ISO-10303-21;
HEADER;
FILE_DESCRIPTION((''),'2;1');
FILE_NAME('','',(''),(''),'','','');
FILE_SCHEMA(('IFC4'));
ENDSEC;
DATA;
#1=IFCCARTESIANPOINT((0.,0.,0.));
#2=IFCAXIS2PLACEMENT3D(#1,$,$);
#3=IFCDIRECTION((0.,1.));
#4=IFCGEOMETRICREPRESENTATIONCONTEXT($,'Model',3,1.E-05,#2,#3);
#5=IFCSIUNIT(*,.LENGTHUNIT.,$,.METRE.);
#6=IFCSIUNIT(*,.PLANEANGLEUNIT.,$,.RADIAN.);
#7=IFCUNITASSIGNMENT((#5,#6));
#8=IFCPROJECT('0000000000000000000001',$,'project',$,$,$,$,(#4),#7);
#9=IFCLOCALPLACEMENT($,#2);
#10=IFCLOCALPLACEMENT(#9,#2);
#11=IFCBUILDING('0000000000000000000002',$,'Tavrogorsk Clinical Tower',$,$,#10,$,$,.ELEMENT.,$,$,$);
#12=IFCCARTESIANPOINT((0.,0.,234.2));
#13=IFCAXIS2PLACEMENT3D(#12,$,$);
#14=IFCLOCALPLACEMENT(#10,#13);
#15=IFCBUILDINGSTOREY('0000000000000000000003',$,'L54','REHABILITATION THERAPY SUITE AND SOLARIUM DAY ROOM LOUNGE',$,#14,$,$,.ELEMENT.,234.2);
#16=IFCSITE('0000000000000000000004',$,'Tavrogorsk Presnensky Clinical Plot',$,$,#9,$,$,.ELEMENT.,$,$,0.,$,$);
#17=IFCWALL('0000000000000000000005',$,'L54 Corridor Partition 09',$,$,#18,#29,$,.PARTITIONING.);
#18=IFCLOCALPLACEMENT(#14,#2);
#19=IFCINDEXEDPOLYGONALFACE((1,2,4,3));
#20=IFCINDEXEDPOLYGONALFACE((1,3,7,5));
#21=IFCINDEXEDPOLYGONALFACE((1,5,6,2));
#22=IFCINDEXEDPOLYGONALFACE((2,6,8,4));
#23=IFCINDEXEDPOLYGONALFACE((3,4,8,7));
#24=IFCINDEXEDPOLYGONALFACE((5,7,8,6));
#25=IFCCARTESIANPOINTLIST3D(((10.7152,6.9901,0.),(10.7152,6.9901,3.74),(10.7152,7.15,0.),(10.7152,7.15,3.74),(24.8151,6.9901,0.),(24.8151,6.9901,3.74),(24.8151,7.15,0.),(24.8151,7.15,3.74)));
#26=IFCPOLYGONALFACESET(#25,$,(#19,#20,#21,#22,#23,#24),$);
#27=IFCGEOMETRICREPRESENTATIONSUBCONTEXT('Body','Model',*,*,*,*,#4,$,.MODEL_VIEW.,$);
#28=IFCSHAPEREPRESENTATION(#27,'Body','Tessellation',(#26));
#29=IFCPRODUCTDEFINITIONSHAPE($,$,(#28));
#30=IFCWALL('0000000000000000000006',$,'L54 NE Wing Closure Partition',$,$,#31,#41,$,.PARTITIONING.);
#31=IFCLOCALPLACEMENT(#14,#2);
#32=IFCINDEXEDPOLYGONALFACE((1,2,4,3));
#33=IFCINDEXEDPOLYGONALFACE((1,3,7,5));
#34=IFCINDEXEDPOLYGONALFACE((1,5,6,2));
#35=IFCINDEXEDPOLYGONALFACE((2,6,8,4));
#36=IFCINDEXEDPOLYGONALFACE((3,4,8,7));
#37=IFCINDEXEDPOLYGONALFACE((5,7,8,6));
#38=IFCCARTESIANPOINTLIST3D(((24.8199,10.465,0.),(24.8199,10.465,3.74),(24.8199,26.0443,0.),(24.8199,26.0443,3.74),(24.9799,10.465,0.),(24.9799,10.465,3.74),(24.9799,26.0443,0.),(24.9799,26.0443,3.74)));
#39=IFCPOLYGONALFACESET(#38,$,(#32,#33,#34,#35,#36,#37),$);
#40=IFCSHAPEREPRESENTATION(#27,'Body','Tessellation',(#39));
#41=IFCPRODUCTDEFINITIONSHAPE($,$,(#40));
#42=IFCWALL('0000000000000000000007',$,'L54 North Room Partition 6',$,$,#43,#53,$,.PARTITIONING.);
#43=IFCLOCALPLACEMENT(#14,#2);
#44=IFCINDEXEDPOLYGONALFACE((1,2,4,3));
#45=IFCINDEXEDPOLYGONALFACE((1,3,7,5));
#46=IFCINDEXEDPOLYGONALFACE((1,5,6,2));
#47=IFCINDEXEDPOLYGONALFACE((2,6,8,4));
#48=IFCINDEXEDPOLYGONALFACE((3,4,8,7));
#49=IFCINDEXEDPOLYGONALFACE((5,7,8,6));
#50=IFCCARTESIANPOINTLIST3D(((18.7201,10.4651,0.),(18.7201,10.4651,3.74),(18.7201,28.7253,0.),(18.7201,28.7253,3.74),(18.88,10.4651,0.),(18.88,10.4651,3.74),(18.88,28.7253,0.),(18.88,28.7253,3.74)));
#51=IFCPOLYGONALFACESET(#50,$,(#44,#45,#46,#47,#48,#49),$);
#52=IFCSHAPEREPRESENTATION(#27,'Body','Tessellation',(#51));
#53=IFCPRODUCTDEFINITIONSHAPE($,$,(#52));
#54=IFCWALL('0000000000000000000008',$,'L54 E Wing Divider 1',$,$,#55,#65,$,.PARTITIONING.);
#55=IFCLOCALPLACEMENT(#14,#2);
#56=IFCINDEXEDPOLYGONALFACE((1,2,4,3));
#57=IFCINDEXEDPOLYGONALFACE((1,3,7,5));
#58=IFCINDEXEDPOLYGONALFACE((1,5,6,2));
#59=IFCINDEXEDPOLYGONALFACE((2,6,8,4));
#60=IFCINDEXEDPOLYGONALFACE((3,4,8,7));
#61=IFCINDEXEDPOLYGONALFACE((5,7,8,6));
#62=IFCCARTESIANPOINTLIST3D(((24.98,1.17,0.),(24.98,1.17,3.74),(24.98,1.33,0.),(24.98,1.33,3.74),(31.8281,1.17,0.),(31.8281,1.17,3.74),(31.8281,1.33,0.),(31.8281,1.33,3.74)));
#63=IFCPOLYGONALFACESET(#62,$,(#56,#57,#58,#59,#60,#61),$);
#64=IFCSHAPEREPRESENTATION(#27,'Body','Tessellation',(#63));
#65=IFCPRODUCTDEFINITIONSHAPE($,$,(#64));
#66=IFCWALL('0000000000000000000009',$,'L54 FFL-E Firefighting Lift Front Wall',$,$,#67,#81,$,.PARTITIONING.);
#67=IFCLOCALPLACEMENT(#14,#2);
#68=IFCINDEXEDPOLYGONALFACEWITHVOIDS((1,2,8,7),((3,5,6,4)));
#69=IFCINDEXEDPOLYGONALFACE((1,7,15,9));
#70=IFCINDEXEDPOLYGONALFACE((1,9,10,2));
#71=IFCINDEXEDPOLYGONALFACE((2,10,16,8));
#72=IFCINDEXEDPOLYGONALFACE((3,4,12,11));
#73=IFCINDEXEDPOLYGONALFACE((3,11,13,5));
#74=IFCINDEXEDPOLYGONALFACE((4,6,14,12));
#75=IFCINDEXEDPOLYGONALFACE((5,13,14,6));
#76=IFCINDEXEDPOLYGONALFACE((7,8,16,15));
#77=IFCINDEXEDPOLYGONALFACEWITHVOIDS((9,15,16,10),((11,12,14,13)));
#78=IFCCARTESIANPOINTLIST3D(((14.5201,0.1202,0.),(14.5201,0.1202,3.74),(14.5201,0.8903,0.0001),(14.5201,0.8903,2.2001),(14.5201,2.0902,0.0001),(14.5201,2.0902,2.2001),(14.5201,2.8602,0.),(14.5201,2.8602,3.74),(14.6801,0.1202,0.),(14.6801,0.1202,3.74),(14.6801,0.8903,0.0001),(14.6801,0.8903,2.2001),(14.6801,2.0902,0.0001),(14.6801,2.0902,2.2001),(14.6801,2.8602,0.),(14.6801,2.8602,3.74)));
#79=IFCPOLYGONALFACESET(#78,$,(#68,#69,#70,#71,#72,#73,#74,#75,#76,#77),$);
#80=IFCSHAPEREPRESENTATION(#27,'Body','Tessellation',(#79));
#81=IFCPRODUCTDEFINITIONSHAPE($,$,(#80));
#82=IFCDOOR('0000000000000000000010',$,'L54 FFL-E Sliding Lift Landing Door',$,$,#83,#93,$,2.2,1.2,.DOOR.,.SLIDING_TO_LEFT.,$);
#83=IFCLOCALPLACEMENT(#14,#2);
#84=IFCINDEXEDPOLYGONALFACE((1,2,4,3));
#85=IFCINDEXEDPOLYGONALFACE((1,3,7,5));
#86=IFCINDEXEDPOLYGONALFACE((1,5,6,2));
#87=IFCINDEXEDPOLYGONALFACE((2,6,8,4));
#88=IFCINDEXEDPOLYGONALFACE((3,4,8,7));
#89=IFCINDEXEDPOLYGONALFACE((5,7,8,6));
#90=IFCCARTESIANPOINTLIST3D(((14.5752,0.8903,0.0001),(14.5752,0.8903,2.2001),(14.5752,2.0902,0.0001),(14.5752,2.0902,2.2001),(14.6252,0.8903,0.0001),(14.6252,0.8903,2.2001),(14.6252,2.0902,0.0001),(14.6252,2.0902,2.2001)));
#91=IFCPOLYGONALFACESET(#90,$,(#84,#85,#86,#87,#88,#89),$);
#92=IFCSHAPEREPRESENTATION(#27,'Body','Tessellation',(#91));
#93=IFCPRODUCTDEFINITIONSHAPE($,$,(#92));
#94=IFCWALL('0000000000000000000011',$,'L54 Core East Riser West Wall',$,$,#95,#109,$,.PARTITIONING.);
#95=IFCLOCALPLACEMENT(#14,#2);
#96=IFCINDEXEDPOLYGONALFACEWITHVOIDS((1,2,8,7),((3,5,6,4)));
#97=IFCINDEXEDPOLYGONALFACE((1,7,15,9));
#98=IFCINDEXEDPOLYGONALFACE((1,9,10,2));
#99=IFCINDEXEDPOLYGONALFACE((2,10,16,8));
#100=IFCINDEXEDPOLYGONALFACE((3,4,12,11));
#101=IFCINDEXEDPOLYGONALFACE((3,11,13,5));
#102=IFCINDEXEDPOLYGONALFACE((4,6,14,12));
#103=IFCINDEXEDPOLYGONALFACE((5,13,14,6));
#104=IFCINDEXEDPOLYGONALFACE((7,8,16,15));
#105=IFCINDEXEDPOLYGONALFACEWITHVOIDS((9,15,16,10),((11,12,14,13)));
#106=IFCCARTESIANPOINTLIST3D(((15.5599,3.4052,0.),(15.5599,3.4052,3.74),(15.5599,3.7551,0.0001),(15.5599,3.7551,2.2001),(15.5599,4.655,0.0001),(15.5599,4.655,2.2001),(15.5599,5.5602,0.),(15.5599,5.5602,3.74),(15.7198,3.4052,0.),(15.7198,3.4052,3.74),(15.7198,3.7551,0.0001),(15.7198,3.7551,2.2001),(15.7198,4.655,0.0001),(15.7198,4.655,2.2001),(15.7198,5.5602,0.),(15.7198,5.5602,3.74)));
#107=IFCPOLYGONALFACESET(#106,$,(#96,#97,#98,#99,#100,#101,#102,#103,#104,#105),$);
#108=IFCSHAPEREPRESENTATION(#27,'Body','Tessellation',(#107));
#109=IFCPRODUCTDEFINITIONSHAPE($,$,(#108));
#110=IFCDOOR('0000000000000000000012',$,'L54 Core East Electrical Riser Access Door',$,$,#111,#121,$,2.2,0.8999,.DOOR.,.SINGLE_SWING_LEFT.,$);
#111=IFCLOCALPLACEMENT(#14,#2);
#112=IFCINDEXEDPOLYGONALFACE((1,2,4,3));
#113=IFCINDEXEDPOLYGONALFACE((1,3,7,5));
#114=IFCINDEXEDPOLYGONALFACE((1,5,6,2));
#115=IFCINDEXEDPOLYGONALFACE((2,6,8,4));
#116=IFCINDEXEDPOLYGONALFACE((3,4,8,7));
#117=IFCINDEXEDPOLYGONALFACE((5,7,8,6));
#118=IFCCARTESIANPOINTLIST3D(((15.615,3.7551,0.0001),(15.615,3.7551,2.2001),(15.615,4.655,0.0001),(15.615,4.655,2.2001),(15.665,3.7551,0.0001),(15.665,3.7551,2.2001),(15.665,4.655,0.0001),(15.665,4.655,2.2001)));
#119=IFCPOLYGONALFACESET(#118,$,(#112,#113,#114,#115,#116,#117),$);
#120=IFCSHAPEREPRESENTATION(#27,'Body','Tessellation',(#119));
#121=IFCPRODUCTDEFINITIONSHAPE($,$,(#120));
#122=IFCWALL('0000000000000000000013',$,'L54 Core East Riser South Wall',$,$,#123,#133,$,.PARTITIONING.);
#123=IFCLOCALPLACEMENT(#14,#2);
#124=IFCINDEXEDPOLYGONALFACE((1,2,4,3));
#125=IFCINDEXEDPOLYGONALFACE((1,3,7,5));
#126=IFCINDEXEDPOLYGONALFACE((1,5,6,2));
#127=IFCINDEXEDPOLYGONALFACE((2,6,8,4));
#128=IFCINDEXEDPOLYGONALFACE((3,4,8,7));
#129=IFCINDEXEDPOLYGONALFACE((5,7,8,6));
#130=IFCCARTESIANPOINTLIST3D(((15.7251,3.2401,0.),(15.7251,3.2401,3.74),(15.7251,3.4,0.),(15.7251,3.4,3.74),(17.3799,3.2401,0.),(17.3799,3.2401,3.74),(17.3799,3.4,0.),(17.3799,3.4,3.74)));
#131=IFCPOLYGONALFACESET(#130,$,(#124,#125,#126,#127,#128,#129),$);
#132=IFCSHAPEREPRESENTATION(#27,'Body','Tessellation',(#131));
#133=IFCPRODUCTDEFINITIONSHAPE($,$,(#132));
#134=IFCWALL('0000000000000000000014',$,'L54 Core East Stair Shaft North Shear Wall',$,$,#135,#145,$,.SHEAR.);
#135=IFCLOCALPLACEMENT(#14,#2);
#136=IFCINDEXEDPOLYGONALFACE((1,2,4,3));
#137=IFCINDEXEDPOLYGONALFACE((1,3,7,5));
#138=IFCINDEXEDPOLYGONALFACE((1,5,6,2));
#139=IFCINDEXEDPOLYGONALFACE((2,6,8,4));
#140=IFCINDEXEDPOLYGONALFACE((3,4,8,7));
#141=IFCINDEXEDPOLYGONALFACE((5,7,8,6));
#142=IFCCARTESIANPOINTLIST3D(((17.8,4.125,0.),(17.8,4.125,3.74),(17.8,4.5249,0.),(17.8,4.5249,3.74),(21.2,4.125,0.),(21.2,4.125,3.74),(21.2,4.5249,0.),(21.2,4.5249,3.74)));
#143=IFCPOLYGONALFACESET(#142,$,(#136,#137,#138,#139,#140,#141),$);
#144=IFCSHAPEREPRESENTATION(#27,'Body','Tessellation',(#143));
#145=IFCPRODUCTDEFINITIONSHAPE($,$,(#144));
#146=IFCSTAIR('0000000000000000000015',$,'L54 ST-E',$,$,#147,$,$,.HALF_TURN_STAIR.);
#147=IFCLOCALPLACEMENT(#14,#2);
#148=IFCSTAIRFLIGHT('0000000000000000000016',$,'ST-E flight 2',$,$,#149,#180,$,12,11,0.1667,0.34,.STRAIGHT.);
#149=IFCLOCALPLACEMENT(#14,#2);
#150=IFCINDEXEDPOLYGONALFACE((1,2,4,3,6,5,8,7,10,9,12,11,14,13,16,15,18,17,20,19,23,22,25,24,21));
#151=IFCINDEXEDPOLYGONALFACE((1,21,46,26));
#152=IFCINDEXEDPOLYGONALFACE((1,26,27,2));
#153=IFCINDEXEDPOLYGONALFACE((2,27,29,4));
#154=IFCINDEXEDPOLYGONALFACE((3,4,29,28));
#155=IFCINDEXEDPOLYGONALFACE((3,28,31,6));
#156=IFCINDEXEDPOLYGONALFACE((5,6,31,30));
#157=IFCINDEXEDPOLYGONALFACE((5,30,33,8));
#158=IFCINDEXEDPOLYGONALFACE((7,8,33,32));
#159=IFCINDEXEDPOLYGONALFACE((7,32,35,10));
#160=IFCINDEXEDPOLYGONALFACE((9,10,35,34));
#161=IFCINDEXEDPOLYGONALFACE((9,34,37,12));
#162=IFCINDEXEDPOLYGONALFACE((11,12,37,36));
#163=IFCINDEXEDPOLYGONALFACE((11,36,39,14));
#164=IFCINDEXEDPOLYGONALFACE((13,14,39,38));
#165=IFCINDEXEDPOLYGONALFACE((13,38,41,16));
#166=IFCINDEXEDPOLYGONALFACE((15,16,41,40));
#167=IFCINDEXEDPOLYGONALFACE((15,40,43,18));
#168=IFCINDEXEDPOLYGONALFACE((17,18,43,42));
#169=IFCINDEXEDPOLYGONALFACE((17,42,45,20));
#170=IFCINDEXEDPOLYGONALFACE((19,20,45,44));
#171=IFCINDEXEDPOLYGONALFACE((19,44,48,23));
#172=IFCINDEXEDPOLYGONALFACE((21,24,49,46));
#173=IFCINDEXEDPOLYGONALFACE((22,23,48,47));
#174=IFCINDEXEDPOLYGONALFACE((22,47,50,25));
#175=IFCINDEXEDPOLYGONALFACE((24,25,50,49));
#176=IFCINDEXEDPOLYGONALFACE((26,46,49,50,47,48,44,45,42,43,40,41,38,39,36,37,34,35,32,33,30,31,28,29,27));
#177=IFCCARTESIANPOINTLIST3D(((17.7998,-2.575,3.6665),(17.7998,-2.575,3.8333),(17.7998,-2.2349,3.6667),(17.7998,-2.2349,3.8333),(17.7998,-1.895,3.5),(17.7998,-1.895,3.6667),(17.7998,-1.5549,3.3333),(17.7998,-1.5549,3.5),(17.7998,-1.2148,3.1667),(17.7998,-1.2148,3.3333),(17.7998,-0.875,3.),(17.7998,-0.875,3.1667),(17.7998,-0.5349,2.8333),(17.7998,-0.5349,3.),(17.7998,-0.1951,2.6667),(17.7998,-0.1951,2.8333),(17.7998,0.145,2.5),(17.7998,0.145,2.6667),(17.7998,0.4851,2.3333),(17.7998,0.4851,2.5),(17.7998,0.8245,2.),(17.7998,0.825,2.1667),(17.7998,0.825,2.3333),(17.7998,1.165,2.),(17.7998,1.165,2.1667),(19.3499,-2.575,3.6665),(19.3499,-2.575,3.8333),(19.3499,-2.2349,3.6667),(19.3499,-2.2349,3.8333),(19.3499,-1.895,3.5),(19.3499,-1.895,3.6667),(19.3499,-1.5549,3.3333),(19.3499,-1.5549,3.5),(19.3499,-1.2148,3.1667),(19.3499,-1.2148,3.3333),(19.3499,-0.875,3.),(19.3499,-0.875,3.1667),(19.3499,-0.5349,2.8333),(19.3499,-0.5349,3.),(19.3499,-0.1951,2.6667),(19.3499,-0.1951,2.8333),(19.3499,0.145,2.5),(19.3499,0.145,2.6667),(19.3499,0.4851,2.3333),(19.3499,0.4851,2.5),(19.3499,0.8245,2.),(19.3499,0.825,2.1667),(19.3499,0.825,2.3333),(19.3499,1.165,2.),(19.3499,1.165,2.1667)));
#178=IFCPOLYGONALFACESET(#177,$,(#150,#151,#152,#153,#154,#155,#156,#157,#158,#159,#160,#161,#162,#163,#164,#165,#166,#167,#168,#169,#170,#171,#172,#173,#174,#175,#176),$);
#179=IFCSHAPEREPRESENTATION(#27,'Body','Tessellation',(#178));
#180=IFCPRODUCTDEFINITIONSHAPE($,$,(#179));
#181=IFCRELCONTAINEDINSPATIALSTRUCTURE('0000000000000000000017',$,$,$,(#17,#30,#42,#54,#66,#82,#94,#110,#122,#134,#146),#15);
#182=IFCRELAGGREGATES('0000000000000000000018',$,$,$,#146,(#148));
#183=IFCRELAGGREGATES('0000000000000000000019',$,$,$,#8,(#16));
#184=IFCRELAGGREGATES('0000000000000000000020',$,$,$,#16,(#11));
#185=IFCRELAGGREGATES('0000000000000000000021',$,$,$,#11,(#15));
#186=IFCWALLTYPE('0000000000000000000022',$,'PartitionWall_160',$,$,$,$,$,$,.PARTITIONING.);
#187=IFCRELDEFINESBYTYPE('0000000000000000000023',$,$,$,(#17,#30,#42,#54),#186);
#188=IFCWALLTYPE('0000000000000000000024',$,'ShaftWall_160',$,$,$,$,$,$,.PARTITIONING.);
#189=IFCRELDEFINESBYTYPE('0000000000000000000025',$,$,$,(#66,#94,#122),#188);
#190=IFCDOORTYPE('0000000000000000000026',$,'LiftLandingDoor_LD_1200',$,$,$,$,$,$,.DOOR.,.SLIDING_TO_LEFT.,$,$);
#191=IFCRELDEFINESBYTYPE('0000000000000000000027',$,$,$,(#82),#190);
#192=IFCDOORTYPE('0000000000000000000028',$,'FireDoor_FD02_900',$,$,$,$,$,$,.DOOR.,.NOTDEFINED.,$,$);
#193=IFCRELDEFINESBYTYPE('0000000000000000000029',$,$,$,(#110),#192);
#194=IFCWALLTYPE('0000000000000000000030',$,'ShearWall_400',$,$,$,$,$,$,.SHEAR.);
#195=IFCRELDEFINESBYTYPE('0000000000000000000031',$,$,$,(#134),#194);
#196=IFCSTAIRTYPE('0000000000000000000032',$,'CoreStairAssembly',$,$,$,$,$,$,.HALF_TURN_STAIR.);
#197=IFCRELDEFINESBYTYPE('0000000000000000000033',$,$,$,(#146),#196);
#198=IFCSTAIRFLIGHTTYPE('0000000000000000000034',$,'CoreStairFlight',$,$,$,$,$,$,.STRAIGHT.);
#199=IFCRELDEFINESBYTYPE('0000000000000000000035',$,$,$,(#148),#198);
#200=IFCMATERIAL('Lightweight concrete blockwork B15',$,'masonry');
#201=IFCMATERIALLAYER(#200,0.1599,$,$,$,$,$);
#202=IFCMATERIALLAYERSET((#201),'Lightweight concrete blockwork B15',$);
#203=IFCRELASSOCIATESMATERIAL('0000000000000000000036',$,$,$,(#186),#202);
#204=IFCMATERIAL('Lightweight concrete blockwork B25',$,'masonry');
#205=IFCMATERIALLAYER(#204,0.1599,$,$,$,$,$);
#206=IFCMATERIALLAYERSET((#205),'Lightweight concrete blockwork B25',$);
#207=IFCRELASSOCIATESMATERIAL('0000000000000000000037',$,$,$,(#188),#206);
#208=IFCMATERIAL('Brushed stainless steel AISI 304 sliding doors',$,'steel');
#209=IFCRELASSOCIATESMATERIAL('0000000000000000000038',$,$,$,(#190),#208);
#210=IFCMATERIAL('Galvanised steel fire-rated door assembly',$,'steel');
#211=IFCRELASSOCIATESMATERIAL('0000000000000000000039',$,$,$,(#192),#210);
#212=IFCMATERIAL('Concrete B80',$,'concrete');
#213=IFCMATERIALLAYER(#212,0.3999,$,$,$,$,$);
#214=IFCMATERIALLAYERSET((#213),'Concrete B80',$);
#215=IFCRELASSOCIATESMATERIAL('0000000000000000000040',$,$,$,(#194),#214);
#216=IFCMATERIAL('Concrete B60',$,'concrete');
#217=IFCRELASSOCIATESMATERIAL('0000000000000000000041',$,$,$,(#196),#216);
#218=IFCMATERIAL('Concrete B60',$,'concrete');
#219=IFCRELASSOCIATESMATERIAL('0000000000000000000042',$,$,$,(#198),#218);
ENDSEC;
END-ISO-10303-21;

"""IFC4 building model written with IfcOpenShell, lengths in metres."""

from ifc_helpers import new_model, si_unit, direction, frame, frame_2d, origin, place, context, subcontext, project, spatial, polyline, rectangle, outline, extrude, material, layer, layer_set, type_object, element, fill, aggregate, save


model = new_model("IFC4")

# Units and contexts
model_context = context("Model", 3, precision=1e-05, world=origin(), true_north=direction((0.0, 1.0)))
body_context = subcontext(model_context, "Body", "Model", "MODEL_VIEW")
ifc_project = project(units=[si_unit("LENGTHUNIT", "METRE"), si_unit("PLANEANGLEUNIT", "RADIAN")], contexts=[model_context])

# Site, building, storey
site_placement = place(None, origin())
site = spatial("IfcSite", under=ifc_project, at=site_placement, Name="Tavrogorsk Presnensky Clinical Plot", CompositionType="ELEMENT", RefElevation=0.0)
building_placement = place(site_placement, origin())
building = spatial("IfcBuilding", under=site, at=building_placement, Name="Tavrogorsk Clinical Tower", CompositionType="ELEMENT")
storey_placement = place(building_placement, frame((0.0, 0.0, 234.2)))
storey = spatial("IfcBuildingStorey", under=building, at=storey_placement, Name="L54", Description="REHABILITATION THERAPY SUITE AND SOLARIUM DAY ROOM LOUNGE", CompositionType="ELEMENT", Elevation=234.2)

# Shared definitions
ifc_material_1 = material(Name="Lightweight concrete blockwork B15", Category="masonry")
ifc_layer_1 = layer(ifc_material_1, 0.1599)
ifc_layer_set_1 = layer_set([ifc_layer_1], Name="Lightweight concrete blockwork B15")
wall_type_1 = type_object("IfcWallType", Name="PartitionWall_160", PredefinedType="PARTITIONING", material=ifc_layer_set_1)

# Walls
wall_1_placement = place(storey_placement, frame((24.8149, 7.0701, 0.0), z_axis=(0.0, 0.0, 1.0), x_axis=(-1.0, 0.0, 0.0)))
element("IfcWall", 1, at=wall_1_placement, inside=storey, type_object=wall_type_1, Name="L54 Corridor Partition 09", PredefinedType="PARTITIONING", context=body_context, shape_type="SweptSolid", body=[
    extrude(rectangle(XDim=14.0999, YDim=0.1599, at=frame_2d((7.0498, 0.0))), origin(), (0.0, 0.0, 1.0), 3.74),
])
wall_2_placement = place(storey_placement, frame((24.8999, 10.4651, 0.0), z_axis=(0.0, 0.0, 1.0), x_axis=(0.0, 1.0, 0.0)))
element("IfcWall", 2, at=wall_2_placement, inside=storey, type_object=wall_type_1, Name="L54 NE Wing Closure Partition", PredefinedType="PARTITIONING", context=body_context, shape_type="SweptSolid", body=[
    extrude(rectangle(XDim=15.5793, YDim=0.1599, at=frame_2d((7.7896, 0.0))), origin(), (0.0, 0.0, 1.0), 3.74),
])
wall_3_placement = place(storey_placement, frame((18.8, 10.4651, 0.0), z_axis=(0.0, 0.0, 1.0), x_axis=(0.0, 1.0, 0.0)))
element("IfcWall", 3, at=wall_3_placement, inside=storey, type_object=wall_type_1, Name="L54 North Room Partition 6", PredefinedType="PARTITIONING", context=body_context, shape_type="SweptSolid", body=[
    extrude(rectangle(XDim=18.2603, YDim=0.1599, at=frame_2d((9.1301, 0.0))), origin(), (0.0, 0.0, 1.0), 3.74),
])
wall_4_placement = place(storey_placement, frame((24.98, 1.25, 0.0), z_axis=(0.0, 0.0, 1.0), x_axis=(1.0, 0.0, 0.0)))
element("IfcWall", 4, at=wall_4_placement, inside=storey, type_object=wall_type_1, Name="L54 E Wing Divider 1", PredefinedType="PARTITIONING", context=body_context, shape_type="SweptSolid", body=[
    extrude(rectangle(XDim=6.8481, YDim=0.1599, at=frame_2d((3.4241, 0.0))), origin(), (0.0, 0.0, 1.0), 3.74),
])

# Walls, openings, doors
ifc_material_2 = material(Name="Lightweight concrete blockwork B25", Category="masonry")
ifc_layer_2 = layer(ifc_material_2, 0.1599)
ifc_layer_set_2 = layer_set([ifc_layer_2], Name="Lightweight concrete blockwork B25")
wall_type_2 = type_object("IfcWallType", Name="ShaftWall_160", PredefinedType="PARTITIONING", material=ifc_layer_set_2)
wall_5_placement = place(storey_placement, frame((14.6001, 0.1201, 0.0), z_axis=(0.0, 0.0, 1.0), x_axis=(0.0, 1.0, 0.0)))
wall_5 = element("IfcWall", 5, at=wall_5_placement, inside=storey, type_object=wall_type_2, Name="L54 FFL-E Firefighting Lift Front Wall", PredefinedType="PARTITIONING", context=body_context, shape_type="SweptSolid", body=[
    extrude(rectangle(XDim=2.74, YDim=0.1599, at=frame_2d((1.3701, 0.0))), origin(), (0.0, 0.0, 1.0), 3.74),
])
opening_1_placement = place(wall_5_placement, frame((0.77, 0.0, 0.0)))
opening_1 = element("IfcOpeningElement", 6, at=opening_1_placement, cuts=wall_5, PredefinedType="OPENING", context=body_context, shape_type="SweptSolid", body=[
    extrude(rectangle(XDim=1.2, YDim=2.2, at=frame_2d((0.6001, 1.1001))), frame((0.0, 0.0898, 0.0), z_axis=(0.0, -1.0, 0.0), x_axis=(1.0, 0.0, 0.0)), (0.0, 0.0, 1.0), 0.1799),
])
ifc_material_3 = material(Name="Brushed stainless steel AISI 304 sliding doors", Category="steel")
door_type_1 = type_object("IfcDoorType", Name="LiftLandingDoor_LD_1200", OperationType="SLIDING_TO_LEFT", PredefinedType="DOOR", material=ifc_material_3)
door_1_placement = place(opening_1_placement, origin())
door_1 = element("IfcDoor", 7, at=door_1_placement, inside=storey, type_object=door_type_1, Name="L54 FFL-E Sliding Lift Landing Door", OperationType="SLIDING_TO_LEFT", OverallHeight=2.2, OverallWidth=1.2, PredefinedType="DOOR", context=body_context, shape_type="SweptSolid", body=[
    extrude(rectangle(XDim=1.2, YDim=2.2, at=frame_2d((0.6001, 1.1001))), frame((0.0, 0.0249, 0.0), z_axis=(0.0, -1.0, 0.0), x_axis=(1.0, 0.0, 0.0)), (0.0, 0.0, 1.0), 0.05),
])
fill(opening_1, door_1)
wall_6_placement = place(storey_placement, frame((15.6399, 3.405, 0.0), z_axis=(0.0, 0.0, 1.0), x_axis=(0.0, 1.0, 0.0)))
wall_6 = element("IfcWall", 8, at=wall_6_placement, inside=storey, type_object=wall_type_2, Name="L54 Core East Riser West Wall", PredefinedType="PARTITIONING", context=body_context, shape_type="SweptSolid", body=[
    extrude(rectangle(XDim=2.155, YDim=0.1599, at=frame_2d((1.0776, 0.0))), origin(), (0.0, 0.0, 1.0), 3.74),
])
opening_2_placement = place(wall_6_placement, frame((0.3501, 0.0, 0.0)))
opening_2 = element("IfcOpeningElement", 9, at=opening_2_placement, cuts=wall_6, PredefinedType="OPENING", context=body_context, shape_type="SweptSolid", body=[
    extrude(rectangle(XDim=0.8999, YDim=2.2, at=frame_2d((0.45, 1.1001))), frame((0.0, 0.0898, 0.0), z_axis=(0.0, -1.0, 0.0), x_axis=(1.0, 0.0, 0.0)), (0.0, 0.0, 1.0), 0.1799),
])
ifc_material_4 = material(Name="Galvanised steel fire-rated door assembly", Category="steel")
door_type_2 = type_object("IfcDoorType", Name="FireDoor_FD02_900", OperationType="NOTDEFINED", PredefinedType="DOOR", material=ifc_material_4)
door_2_placement = place(opening_2_placement, origin())
door_2 = element("IfcDoor", 10, at=door_2_placement, inside=storey, type_object=door_type_2, Name="L54 Core East Electrical Riser Access Door", OperationType="SINGLE_SWING_LEFT", OverallHeight=2.2, OverallWidth=0.8999, PredefinedType="DOOR", context=body_context, shape_type="SweptSolid", body=[
    extrude(rectangle(XDim=0.8999, YDim=2.2, at=frame_2d((0.45, 1.1001))), frame((0.0, 0.0249, 0.0), z_axis=(0.0, -1.0, 0.0), x_axis=(1.0, 0.0, 0.0)), (0.0, 0.0, 1.0), 0.05),
])
fill(opening_2, door_2)

# Walls
wall_7_placement = place(storey_placement, frame((15.7251, 3.3201, 0.0), z_axis=(0.0, 0.0, 1.0), x_axis=(1.0, 0.0, 0.0)))
element("IfcWall", 11, at=wall_7_placement, inside=storey, type_object=wall_type_2, Name="L54 Core East Riser South Wall", PredefinedType="PARTITIONING", context=body_context, shape_type="SweptSolid", body=[
    extrude(rectangle(XDim=1.6548, YDim=0.1599, at=frame_2d((0.8274, 0.0))), origin(), (0.0, 0.0, 1.0), 3.74),
])
ifc_material_5 = material(Name="Concrete B80", Category="concrete")
ifc_layer_3 = layer(ifc_material_5, 0.3999)
ifc_layer_set_3 = layer_set([ifc_layer_3], Name="Concrete B80")
wall_type_3 = type_object("IfcWallType", Name="ShearWall_400", PredefinedType="SHEAR", material=ifc_layer_set_3)
wall_8_placement = place(storey_placement, frame((17.8, 4.325, 0.0), z_axis=(0.0, 0.0, 1.0), x_axis=(1.0, 0.0, 0.0)))
element("IfcWall", 12, at=wall_8_placement, inside=storey, type_object=wall_type_3, Name="L54 Core East Stair Shaft North Shear Wall", PredefinedType="SHEAR", context=body_context, shape_type="SweptSolid", body=[
    extrude(rectangle(XDim=3.3999, YDim=0.3999, at=frame_2d((1.7, 0.0))), origin(), (0.0, 0.0, 1.0), 3.74),
])

# Stair, stair flight
ifc_material_6 = material(Name="Concrete B60", Category="concrete")
stair_type = type_object("IfcStairType", Name="CoreStairAssembly", PredefinedType="HALF_TURN_STAIR", material=ifc_material_6)
stair_placement = place(storey_placement, origin())
stair = element("IfcStair", 13, at=stair_placement, inside=storey, type_object=stair_type, Name="L54 ST-E", PredefinedType="HALF_TURN_STAIR")
ifc_material_7 = material(Name="Concrete B60", Category="concrete")
stair_flight_type = type_object("IfcStairFlightType", Name="CoreStairFlight", PredefinedType="STRAIGHT", material=ifc_material_7)
stair_flight_placement = place(storey_placement, frame((18.575, 1.165, 2.0), z_axis=(0.0, 0.0, 1.0), x_axis=(0.0, -1.0, 0.0)))
stair_flight = element("IfcStairFlight", 14, at=stair_flight_placement, type_object=stair_flight_type, Name="ST-E flight 2", NumberOfRisers=12, NumberOfTreads=11, PredefinedType="STRAIGHT", RiserHeight=0.1667, TreadLength=0.34, context=body_context, shape_type="SweptSolid", body=[
    extrude(outline(polyline([(0.0, 0.0), (0.0, 0.1667), (0.3401, 0.1667), (0.3401, 0.3333), (0.6799, 0.3333), (0.6799, 0.5), (1.02, 0.5), (1.02, 0.6667), (1.3601, 0.6667), (1.3601, 0.8333), (1.7, 0.8333), (1.7, 1.0), (2.04, 1.0), (2.04, 1.1667), (2.3799, 1.1667), (2.3799, 1.3333), (2.72, 1.3333), (2.72, 1.5), (3.0601, 1.5), (3.0601, 1.6667), (3.3999, 1.6667), (3.3999, 1.8333), (3.74, 1.8333), (3.74, 2.0), (3.74, 1.6665), (0.3406, 0.0), (0.0, 0.0)])), frame((0.0, 0.7749, 0.0), z_axis=(0.0, -1.0, 0.0), x_axis=(1.0, 0.0, 0.0)), (0.0, 0.0, 1.0), 1.55),
])
aggregate(stair, [stair_flight])

save(model, "model.ifc")
